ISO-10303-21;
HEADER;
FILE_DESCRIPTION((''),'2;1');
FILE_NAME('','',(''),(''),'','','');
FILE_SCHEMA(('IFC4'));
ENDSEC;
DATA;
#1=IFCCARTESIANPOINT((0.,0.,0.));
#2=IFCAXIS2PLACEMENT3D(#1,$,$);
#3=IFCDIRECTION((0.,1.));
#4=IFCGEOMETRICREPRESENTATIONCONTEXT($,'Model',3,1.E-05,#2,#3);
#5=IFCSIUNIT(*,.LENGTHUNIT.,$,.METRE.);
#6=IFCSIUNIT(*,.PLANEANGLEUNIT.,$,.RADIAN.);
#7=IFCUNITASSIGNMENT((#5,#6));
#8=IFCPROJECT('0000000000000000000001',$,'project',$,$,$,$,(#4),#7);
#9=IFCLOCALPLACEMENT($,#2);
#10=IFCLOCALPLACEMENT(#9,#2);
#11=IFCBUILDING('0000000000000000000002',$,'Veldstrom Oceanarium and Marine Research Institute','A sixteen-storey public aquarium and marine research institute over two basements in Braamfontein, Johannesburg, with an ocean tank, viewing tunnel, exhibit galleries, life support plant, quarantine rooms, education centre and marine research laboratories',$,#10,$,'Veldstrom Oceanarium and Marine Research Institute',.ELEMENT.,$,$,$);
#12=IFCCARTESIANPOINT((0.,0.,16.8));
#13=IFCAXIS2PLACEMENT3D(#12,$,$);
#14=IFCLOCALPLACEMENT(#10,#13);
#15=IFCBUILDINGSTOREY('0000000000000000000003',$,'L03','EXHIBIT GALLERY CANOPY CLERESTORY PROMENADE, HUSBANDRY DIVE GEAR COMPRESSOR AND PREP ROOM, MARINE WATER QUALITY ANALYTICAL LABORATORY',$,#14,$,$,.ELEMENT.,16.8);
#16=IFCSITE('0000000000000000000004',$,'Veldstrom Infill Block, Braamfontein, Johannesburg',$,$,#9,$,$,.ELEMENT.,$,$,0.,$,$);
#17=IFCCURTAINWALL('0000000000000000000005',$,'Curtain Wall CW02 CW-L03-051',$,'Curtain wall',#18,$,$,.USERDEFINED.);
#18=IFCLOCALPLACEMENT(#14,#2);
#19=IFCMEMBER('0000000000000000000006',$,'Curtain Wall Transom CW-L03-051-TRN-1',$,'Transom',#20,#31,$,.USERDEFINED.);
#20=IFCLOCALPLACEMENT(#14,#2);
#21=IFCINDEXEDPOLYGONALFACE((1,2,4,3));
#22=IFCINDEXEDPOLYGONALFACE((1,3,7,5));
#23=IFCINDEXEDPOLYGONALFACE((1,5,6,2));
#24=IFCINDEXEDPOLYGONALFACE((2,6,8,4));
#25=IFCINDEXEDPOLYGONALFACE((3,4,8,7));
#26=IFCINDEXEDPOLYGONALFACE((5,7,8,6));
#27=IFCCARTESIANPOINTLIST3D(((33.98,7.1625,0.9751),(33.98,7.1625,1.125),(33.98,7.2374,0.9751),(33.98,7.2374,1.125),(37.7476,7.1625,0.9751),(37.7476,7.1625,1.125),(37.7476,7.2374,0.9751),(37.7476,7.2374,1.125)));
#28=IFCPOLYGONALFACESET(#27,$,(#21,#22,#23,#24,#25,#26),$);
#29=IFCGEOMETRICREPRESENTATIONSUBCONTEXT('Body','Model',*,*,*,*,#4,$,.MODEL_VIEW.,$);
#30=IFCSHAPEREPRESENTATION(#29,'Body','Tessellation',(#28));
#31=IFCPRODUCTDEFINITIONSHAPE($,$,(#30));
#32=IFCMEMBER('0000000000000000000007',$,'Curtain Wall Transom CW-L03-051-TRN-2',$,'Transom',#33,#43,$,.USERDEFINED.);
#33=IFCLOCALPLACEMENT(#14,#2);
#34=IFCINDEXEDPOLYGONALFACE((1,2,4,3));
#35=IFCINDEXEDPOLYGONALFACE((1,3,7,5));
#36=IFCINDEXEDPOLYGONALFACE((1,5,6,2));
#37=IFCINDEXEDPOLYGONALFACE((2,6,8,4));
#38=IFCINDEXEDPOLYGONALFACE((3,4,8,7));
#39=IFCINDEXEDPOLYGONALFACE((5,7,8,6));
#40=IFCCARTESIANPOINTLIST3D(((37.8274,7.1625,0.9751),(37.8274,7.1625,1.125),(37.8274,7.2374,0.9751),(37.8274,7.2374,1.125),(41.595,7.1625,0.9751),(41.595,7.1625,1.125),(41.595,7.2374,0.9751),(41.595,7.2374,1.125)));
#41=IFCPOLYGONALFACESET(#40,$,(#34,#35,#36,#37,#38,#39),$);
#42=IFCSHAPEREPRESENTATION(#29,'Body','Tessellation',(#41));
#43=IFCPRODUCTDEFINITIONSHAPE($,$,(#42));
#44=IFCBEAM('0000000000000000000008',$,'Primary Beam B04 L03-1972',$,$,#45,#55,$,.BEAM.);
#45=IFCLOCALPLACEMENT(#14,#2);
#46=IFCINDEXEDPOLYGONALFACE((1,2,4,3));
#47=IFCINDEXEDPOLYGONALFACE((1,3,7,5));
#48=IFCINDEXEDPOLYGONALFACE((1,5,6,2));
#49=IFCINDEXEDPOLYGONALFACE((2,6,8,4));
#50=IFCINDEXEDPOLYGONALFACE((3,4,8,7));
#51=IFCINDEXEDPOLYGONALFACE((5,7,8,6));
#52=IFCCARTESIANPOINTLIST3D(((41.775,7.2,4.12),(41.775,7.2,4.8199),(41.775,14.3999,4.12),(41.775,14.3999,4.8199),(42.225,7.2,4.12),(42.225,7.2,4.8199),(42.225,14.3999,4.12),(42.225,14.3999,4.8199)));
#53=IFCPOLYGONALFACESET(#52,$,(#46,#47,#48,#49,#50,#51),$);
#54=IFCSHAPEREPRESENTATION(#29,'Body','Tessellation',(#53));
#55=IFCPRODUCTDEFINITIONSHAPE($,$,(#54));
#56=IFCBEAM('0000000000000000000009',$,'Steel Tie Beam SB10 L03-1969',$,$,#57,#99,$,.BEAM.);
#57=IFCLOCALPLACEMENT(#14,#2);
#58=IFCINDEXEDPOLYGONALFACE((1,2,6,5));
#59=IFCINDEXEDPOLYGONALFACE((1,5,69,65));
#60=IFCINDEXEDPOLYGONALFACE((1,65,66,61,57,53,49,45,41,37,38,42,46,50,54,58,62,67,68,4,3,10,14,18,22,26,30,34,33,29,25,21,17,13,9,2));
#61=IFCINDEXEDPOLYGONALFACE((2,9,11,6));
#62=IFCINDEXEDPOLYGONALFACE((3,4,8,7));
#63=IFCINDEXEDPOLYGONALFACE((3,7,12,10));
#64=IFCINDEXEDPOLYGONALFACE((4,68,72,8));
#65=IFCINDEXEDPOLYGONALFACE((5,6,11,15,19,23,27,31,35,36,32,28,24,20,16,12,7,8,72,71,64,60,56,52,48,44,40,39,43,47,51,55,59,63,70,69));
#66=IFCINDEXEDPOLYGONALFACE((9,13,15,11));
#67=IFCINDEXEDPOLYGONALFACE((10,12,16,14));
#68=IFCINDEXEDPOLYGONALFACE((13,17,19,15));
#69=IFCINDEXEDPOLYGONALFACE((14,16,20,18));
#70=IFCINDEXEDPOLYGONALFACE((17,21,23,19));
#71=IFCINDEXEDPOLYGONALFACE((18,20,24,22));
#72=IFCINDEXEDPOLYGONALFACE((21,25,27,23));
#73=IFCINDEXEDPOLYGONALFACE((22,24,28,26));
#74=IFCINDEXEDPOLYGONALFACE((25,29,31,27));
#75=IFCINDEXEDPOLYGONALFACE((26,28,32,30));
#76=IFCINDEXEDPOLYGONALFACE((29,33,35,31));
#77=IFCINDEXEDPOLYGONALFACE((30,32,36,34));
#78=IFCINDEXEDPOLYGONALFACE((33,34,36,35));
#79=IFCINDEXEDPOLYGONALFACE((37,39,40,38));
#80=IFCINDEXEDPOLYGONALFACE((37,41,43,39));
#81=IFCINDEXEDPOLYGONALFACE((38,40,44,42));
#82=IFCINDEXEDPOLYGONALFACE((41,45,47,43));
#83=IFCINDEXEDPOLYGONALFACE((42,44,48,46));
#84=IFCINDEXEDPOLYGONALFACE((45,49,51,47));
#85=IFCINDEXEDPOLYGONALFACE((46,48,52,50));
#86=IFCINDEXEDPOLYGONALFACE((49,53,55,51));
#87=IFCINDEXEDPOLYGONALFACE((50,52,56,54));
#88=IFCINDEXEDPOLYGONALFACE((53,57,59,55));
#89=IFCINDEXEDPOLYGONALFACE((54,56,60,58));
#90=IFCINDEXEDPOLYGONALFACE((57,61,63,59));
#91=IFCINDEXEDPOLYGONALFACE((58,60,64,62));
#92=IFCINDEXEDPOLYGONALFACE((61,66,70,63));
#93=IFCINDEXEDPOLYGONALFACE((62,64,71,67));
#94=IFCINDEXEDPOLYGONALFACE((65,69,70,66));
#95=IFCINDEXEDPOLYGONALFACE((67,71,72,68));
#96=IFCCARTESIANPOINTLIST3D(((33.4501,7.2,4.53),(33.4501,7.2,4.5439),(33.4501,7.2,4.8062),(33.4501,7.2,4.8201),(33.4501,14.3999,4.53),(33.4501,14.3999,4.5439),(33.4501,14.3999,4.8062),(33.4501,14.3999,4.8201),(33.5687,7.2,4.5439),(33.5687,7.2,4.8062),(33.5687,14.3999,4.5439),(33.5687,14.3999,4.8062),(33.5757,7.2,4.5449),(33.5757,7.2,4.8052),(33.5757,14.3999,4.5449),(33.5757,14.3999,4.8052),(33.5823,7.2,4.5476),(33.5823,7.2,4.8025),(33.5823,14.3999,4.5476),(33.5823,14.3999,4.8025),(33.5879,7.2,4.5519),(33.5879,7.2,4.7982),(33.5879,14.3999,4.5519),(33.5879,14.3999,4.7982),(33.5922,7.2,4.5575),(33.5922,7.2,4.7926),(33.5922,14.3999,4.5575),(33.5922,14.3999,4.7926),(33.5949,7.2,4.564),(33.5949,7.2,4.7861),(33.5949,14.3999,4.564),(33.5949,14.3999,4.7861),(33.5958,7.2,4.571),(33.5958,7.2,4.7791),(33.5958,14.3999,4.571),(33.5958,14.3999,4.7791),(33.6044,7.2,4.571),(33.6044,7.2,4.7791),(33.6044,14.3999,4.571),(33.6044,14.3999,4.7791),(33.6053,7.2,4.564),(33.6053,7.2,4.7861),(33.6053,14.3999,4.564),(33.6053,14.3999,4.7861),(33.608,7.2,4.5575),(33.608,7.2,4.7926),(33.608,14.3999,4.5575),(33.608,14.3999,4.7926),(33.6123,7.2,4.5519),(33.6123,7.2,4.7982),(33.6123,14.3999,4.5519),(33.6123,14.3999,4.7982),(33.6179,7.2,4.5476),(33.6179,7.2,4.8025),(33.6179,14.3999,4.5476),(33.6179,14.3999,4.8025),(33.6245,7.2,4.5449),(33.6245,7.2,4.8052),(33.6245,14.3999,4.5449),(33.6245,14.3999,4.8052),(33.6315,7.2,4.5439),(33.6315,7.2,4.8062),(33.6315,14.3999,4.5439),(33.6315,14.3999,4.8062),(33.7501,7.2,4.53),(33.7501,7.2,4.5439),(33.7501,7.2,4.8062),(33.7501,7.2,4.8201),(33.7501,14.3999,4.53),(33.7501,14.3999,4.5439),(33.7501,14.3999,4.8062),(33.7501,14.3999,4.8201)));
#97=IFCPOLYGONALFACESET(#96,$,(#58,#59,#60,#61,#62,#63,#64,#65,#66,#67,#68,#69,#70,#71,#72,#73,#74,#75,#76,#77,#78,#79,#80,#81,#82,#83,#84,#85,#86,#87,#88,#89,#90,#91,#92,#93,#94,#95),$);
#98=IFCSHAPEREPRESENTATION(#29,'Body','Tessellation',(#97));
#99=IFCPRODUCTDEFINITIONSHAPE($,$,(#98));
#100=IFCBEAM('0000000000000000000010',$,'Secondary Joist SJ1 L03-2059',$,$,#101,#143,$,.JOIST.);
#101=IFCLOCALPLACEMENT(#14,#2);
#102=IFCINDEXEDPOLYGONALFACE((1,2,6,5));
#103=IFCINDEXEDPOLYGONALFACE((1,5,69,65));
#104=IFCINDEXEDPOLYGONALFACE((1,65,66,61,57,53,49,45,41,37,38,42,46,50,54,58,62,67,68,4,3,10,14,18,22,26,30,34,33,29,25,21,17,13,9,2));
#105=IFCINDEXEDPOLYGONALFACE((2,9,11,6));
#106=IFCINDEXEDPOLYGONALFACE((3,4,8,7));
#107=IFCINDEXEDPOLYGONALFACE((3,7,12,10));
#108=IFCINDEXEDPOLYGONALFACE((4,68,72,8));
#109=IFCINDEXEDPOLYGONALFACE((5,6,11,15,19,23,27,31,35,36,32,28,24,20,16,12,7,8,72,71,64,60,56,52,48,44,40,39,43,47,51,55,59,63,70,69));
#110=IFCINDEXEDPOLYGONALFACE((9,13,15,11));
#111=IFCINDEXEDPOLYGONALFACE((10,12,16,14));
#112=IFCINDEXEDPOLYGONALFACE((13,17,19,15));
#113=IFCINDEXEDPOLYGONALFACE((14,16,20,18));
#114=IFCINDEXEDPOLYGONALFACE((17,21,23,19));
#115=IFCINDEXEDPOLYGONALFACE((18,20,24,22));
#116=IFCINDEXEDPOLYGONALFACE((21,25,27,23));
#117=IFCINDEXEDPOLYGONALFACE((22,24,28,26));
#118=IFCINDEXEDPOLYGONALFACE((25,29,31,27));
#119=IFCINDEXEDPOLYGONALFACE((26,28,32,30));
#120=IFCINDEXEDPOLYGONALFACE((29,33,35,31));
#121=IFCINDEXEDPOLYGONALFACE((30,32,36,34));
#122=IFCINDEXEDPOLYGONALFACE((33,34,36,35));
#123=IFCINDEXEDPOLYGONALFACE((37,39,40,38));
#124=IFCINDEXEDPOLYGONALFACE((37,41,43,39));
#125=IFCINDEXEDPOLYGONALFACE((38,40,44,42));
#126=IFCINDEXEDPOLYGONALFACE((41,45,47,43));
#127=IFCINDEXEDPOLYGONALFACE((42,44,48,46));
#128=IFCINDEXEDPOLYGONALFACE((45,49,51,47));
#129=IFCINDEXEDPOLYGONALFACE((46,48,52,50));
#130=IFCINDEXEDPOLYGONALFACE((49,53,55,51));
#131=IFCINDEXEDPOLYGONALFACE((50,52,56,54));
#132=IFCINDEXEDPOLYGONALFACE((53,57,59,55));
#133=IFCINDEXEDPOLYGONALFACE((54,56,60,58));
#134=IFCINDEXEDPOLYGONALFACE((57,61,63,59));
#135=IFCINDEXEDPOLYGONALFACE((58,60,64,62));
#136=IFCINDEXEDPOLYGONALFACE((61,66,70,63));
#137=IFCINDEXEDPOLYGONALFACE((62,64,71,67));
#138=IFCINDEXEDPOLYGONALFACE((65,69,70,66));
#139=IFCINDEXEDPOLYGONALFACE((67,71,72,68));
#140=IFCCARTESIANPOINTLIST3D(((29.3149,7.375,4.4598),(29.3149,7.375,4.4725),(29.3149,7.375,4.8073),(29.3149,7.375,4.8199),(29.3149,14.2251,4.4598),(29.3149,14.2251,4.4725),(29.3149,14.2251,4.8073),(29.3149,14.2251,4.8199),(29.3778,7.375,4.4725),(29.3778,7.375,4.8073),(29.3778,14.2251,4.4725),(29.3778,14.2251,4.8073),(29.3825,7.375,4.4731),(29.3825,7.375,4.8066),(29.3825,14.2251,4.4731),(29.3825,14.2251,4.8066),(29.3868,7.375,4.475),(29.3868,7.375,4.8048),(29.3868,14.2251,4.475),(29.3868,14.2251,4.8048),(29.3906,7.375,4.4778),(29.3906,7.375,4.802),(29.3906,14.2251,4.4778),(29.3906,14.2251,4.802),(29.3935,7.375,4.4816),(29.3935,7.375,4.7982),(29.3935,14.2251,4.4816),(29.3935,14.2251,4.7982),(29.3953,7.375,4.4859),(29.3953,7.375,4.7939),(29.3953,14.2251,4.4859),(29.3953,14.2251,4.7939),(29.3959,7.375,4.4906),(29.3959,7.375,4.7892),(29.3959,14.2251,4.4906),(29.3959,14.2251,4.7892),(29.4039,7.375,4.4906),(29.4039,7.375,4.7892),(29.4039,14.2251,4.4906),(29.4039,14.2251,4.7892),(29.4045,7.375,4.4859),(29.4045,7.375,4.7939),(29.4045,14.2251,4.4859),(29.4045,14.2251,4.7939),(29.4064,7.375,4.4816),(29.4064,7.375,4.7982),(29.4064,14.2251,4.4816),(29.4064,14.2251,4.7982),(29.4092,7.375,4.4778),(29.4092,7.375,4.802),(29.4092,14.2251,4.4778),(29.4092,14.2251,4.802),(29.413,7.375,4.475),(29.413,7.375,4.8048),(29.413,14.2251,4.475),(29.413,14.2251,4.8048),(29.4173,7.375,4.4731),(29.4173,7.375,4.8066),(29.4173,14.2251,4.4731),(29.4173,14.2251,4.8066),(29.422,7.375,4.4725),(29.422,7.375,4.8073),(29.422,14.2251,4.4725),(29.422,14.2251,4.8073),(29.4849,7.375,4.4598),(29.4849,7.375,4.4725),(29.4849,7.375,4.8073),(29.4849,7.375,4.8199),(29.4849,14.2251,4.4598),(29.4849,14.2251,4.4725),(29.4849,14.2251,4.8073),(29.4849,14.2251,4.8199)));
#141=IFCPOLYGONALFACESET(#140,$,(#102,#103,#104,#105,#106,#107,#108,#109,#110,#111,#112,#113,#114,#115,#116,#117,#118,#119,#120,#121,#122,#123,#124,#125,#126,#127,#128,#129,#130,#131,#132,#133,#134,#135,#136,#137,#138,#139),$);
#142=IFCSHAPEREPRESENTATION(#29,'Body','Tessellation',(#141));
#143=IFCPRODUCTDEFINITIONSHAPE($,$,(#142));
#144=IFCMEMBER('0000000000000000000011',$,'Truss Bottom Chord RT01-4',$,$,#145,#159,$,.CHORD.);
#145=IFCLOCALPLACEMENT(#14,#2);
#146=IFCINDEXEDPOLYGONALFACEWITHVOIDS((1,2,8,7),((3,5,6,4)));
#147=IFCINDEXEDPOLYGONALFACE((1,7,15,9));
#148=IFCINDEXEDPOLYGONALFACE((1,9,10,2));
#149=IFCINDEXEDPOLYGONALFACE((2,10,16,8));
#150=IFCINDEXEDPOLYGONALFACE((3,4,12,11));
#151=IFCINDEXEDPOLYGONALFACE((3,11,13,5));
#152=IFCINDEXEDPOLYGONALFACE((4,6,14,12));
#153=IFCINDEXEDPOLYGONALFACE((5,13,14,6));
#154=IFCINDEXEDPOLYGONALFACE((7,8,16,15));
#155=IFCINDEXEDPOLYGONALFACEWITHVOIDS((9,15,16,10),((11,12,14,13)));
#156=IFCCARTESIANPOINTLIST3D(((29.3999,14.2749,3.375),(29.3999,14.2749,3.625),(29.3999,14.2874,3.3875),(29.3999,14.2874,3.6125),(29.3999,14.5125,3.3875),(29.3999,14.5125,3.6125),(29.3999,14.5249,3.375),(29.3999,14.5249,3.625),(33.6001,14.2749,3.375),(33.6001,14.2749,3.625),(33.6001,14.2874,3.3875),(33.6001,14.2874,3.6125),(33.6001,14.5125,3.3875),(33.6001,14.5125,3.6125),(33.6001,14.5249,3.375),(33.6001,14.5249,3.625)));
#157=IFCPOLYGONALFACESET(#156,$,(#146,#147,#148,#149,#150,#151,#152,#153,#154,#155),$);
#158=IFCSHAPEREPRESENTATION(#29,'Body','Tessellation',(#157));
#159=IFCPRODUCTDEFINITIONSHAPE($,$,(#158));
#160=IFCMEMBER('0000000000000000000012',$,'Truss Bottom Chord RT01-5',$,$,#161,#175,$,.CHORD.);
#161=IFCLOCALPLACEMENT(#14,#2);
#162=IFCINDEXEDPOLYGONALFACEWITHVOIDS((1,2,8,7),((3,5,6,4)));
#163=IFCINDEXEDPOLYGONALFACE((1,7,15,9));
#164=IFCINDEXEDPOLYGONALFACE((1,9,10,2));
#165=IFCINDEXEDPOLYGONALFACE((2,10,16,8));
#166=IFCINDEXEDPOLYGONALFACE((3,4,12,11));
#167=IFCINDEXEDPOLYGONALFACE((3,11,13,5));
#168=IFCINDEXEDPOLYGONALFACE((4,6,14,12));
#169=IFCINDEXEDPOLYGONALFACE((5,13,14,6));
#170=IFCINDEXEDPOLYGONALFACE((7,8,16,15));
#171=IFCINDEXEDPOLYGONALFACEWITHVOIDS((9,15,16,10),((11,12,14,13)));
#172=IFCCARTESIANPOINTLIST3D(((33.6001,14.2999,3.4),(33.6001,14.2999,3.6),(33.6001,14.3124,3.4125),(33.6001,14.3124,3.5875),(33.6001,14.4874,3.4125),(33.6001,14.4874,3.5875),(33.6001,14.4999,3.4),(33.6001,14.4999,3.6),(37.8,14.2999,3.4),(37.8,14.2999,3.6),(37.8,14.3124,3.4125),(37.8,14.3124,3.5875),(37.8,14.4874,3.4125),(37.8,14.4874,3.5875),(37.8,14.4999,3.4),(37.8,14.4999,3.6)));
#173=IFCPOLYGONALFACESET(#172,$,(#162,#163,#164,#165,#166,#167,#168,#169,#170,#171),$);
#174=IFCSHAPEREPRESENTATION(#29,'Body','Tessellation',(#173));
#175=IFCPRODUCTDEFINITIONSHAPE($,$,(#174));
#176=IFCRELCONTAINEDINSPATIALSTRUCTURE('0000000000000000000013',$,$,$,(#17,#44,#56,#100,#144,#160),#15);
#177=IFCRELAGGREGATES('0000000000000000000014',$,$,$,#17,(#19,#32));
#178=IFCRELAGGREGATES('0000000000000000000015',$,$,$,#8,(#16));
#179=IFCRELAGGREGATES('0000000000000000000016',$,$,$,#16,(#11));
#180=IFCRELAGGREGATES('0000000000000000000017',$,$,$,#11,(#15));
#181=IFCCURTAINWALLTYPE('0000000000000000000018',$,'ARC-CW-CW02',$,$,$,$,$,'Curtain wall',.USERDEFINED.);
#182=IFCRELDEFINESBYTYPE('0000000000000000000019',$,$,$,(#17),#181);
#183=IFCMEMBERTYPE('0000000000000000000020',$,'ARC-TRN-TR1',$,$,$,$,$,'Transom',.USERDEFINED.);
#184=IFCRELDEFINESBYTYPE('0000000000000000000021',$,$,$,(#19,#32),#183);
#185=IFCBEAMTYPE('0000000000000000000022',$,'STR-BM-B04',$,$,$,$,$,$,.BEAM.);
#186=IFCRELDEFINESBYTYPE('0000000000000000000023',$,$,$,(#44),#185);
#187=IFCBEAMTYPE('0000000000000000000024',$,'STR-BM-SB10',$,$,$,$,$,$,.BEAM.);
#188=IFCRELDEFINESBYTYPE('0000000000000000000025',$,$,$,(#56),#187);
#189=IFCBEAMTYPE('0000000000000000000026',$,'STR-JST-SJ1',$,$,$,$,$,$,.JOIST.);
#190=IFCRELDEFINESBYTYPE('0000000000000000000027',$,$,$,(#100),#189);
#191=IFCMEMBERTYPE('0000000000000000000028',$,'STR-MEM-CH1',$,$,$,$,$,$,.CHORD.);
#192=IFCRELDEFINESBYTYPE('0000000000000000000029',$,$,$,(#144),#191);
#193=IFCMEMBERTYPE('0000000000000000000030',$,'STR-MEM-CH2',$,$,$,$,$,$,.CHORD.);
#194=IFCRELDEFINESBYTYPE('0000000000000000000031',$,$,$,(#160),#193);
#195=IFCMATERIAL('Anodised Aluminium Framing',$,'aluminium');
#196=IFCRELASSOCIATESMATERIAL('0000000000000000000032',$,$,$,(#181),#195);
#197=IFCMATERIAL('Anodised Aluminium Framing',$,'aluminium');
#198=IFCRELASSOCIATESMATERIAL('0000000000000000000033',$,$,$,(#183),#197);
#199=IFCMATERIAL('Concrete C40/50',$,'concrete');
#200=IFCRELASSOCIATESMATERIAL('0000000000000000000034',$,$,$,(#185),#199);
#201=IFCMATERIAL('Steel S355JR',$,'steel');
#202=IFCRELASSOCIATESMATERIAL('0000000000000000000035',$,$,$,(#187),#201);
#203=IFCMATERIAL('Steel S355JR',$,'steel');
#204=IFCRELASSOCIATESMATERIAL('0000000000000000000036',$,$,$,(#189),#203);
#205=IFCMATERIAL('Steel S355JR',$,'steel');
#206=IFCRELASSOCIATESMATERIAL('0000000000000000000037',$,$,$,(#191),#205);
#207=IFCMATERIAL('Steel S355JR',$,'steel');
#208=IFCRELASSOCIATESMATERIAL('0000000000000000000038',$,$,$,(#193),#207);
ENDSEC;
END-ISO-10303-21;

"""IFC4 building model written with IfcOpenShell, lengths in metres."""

from ifc_helpers import new_model, si_unit, direction, frame, origin, origin_2d, place, context, subcontext, project, spatial, rectangle, hollow_rectangle, i_section, extrude, material, material_profile, profile_set, type_object, element, aggregate, save


model = new_model("IFC4")

# Units and contexts
model_context = context("Model", 3, precision=1e-05, world=origin(), true_north=direction((0.0, 1.0)))
body_context = subcontext(model_context, "Body", "Model", "MODEL_VIEW")
ifc_project = project(units=[si_unit("LENGTHUNIT", "METRE"), si_unit("PLANEANGLEUNIT", "RADIAN")], contexts=[model_context])

# Site, building, storey
site_placement = place(None, origin())
site = spatial("IfcSite", under=ifc_project, at=site_placement, Name="Veldstrom Infill Block, Braamfontein, Johannesburg", CompositionType="ELEMENT", RefElevation=0.0)
building_placement = place(site_placement, origin())
building = spatial("IfcBuilding", under=site, at=building_placement, Name="Veldstrom Oceanarium and Marine Research Institute", Description="A sixteen-storey public aquarium and marine research institute over two basements in Braamfontein, Johannesburg, with an ocean tank, viewing tunnel, exhibit galleries, life support plant, quarantine rooms, education centre and marine research laboratories", LongName="Veldstrom Oceanarium and Marine Research Institute", CompositionType="ELEMENT")
storey_placement = place(building_placement, frame((0.0, 0.0, 16.8)))
storey = spatial("IfcBuildingStorey", under=building, at=storey_placement, Name="L03", Description="EXHIBIT GALLERY CANOPY CLERESTORY PROMENADE, HUSBANDRY DIVE GEAR COMPRESSOR AND PREP ROOM, MARINE WATER QUALITY ANALYTICAL LABORATORY", CompositionType="ELEMENT", Elevation=16.8)

# Curtain wall
ifc_material_1 = material(Name="Anodised Aluminium Framing", Category="aluminium")
curtain_wall_type = type_object("IfcCurtainWallType", Name="ARC-CW-CW02", ElementType="Curtain wall", PredefinedType="USERDEFINED", material=ifc_material_1)
curtain_wall_1_placement = place(storey_placement, origin())
curtain_wall_1 = element("IfcCurtainWall", 1, at=curtain_wall_1_placement, inside=storey, type_object=curtain_wall_type, Name="Curtain Wall CW02 CW-L03-051", ObjectType="Curtain wall", PredefinedType="USERDEFINED")

# Members
ifc_material_2 = material(Name="Anodised Aluminium Framing", Category="aluminium")
ifc_material_profile_1 = material_profile(ifc_material_2, rectangle(XDim=0.075, YDim=0.1499, at=origin_2d()), Name="ALU-TRN-75x150")
ifc_profile_set_1 = profile_set([ifc_material_profile_1], Name="Anodised Aluminium Framing")
member_type_1 = type_object("IfcMemberType", Name="ARC-TRN-TR1", ElementType="Transom", PredefinedType="USERDEFINED", material=ifc_profile_set_1)
member_1_placement = place(storey_placement, frame((33.98, 7.2, 1.05), z_axis=(1.0, 0.0, 0.0), x_axis=(0.0, 1.0, 0.0)))
member_1 = element("IfcMember", 2, at=member_1_placement, type_object=member_type_1, Name="Curtain Wall Transom CW-L03-051-TRN-1", ObjectType="Transom", PredefinedType="USERDEFINED", context=body_context, shape_type="SweptSolid", body=[
    extrude(rectangle(XDim=0.075, YDim=0.1499, at=origin_2d()), origin(), (0.0, 0.0, 1.0), 3.7676),
])
member_2_placement = place(storey_placement, frame((37.8274, 7.2, 1.05), z_axis=(1.0, 0.0, 0.0), x_axis=(0.0, 1.0, 0.0)))
member_2 = element("IfcMember", 3, at=member_2_placement, type_object=member_type_1, Name="Curtain Wall Transom CW-L03-051-TRN-2", ObjectType="Transom", PredefinedType="USERDEFINED", context=body_context, shape_type="SweptSolid", body=[
    extrude(rectangle(XDim=0.075, YDim=0.1499, at=origin_2d()), origin(), (0.0, 0.0, 1.0), 3.7676),
])

# Beams
ifc_material_3 = material(Name="Concrete C40/50", Category="concrete")
ifc_material_profile_2 = material_profile(ifc_material_3, rectangle(XDim=0.45, YDim=0.7, at=origin_2d()), Name="RC-BM-450x700")
ifc_profile_set_2 = profile_set([ifc_material_profile_2], Name="Concrete C40/50")
beam_type_1 = type_object("IfcBeamType", Name="STR-BM-B04", PredefinedType="BEAM", material=ifc_profile_set_2)
beam_1_placement = place(storey_placement, frame((42.0, 7.2, 4.47), z_axis=(0.0, 1.0, 0.0), x_axis=(-1.0, 0.0, 0.0)))
element("IfcBeam", 4, at=beam_1_placement, inside=storey, type_object=beam_type_1, Name="Primary Beam B04 L03-1972", PredefinedType="BEAM", context=body_context, shape_type="SweptSolid", body=[
    extrude(rectangle(XDim=0.45, YDim=0.7, at=origin_2d()), origin(), (0.0, 0.0, 1.0), 7.2),
])
ifc_material_4 = material(Name="Steel S355JR", Category="steel")
ifc_material_profile_3 = material_profile(ifc_material_4, i_section(OverallWidth=0.3, OverallDepth=0.29, WebThickness=0.0085, FlangeThickness=0.0139, FilletRadius=0.0271, at=origin_2d()), Name="HEA 300")
ifc_profile_set_3 = profile_set([ifc_material_profile_3], Name="Steel S355JR")
beam_type_2 = type_object("IfcBeamType", Name="STR-BM-SB10", PredefinedType="BEAM", material=ifc_profile_set_3)
beam_2_placement = place(storey_placement, frame((33.6001, 7.2, 4.675), z_axis=(0.0, 1.0, 0.0), x_axis=(-1.0, 0.0, 0.0)))
element("IfcBeam", 5, at=beam_2_placement, inside=storey, type_object=beam_type_2, Name="Steel Tie Beam SB10 L03-1969", PredefinedType="BEAM", context=body_context, shape_type="SweptSolid", body=[
    extrude(i_section(OverallWidth=0.3, OverallDepth=0.29, WebThickness=0.0085, FlangeThickness=0.0139, FilletRadius=0.0271, at=origin_2d()), origin(), (0.0, 0.0, 1.0), 7.2),
])
ifc_material_5 = material(Name="Steel S355JR", Category="steel")
ifc_material_profile_4 = material_profile(ifc_material_5, i_section(OverallWidth=0.1699, OverallDepth=0.3601, WebThickness=0.0081, FlangeThickness=0.0127, FilletRadius=0.0181, at=origin_2d()), Name="IPE 360")
ifc_profile_set_4 = profile_set([ifc_material_profile_4], Name="Steel S355JR")
beam_type_3 = type_object("IfcBeamType", Name="STR-JST-SJ1", PredefinedType="JOIST", material=ifc_profile_set_4)
beam_3_placement = place(storey_placement, frame((29.3999, 7.375, 4.6399), z_axis=(0.0, 1.0, 0.0), x_axis=(-1.0, 0.0, 0.0)))
element("IfcBeam", 6, at=beam_3_placement, inside=storey, type_object=beam_type_3, Name="Secondary Joist SJ1 L03-2059", PredefinedType="JOIST", context=body_context, shape_type="SweptSolid", body=[
    extrude(i_section(OverallWidth=0.1699, OverallDepth=0.3601, WebThickness=0.0081, FlangeThickness=0.0127, FilletRadius=0.0181, at=origin_2d()), origin(), (0.0, 0.0, 1.0), 6.8501),
])

# Members
ifc_material_6 = material(Name="Steel S355JR", Category="steel")
ifc_material_profile_5 = material_profile(ifc_material_6, hollow_rectangle(XDim=0.25, YDim=0.25, WallThickness=0.0125, at=origin_2d()), Name="SHS 250x250x12.5")
ifc_profile_set_5 = profile_set([ifc_material_profile_5], Name="Steel S355JR")
member_type_2 = type_object("IfcMemberType", Name="STR-MEM-CH1", PredefinedType="CHORD", material=ifc_profile_set_5)
member_3_placement = place(storey_placement, frame((29.3999, 14.3999, 3.5), z_axis=(1.0, 0.0, 0.0), x_axis=(0.0, 1.0, 0.0)))
element("IfcMember", 7, at=member_3_placement, inside=storey, type_object=member_type_2, Name="Truss Bottom Chord RT01-4", PredefinedType="CHORD", context=body_context, shape_type="SweptSolid", body=[
    extrude(hollow_rectangle(XDim=0.25, YDim=0.25, WallThickness=0.0125, at=origin_2d()), origin(), (0.0, 0.0, 1.0), 4.2002),
])
ifc_material_7 = material(Name="Steel S355JR", Category="steel")
ifc_material_profile_6 = material_profile(ifc_material_7, hollow_rectangle(XDim=0.2, YDim=0.2, WallThickness=0.0125, at=origin_2d()), Name="SHS 200x200x12.5")
ifc_profile_set_6 = profile_set([ifc_material_profile_6], Name="Steel S355JR")
member_type_3 = type_object("IfcMemberType", Name="STR-MEM-CH2", PredefinedType="CHORD", material=ifc_profile_set_6)
member_4_placement = place(storey_placement, frame((33.6001, 14.3999, 3.5), z_axis=(1.0, 0.0, 0.0), x_axis=(0.0, 1.0, 0.0)))
element("IfcMember", 8, at=member_4_placement, inside=storey, type_object=member_type_3, Name="Truss Bottom Chord RT01-5", PredefinedType="CHORD", context=body_context, shape_type="SweptSolid", body=[
    extrude(hollow_rectangle(XDim=0.2, YDim=0.2, WallThickness=0.0125, at=origin_2d()), origin(), (0.0, 0.0, 1.0), 4.2),
])

aggregate(curtain_wall_1, [member_1, member_2])

save(model, "model.ifc")
